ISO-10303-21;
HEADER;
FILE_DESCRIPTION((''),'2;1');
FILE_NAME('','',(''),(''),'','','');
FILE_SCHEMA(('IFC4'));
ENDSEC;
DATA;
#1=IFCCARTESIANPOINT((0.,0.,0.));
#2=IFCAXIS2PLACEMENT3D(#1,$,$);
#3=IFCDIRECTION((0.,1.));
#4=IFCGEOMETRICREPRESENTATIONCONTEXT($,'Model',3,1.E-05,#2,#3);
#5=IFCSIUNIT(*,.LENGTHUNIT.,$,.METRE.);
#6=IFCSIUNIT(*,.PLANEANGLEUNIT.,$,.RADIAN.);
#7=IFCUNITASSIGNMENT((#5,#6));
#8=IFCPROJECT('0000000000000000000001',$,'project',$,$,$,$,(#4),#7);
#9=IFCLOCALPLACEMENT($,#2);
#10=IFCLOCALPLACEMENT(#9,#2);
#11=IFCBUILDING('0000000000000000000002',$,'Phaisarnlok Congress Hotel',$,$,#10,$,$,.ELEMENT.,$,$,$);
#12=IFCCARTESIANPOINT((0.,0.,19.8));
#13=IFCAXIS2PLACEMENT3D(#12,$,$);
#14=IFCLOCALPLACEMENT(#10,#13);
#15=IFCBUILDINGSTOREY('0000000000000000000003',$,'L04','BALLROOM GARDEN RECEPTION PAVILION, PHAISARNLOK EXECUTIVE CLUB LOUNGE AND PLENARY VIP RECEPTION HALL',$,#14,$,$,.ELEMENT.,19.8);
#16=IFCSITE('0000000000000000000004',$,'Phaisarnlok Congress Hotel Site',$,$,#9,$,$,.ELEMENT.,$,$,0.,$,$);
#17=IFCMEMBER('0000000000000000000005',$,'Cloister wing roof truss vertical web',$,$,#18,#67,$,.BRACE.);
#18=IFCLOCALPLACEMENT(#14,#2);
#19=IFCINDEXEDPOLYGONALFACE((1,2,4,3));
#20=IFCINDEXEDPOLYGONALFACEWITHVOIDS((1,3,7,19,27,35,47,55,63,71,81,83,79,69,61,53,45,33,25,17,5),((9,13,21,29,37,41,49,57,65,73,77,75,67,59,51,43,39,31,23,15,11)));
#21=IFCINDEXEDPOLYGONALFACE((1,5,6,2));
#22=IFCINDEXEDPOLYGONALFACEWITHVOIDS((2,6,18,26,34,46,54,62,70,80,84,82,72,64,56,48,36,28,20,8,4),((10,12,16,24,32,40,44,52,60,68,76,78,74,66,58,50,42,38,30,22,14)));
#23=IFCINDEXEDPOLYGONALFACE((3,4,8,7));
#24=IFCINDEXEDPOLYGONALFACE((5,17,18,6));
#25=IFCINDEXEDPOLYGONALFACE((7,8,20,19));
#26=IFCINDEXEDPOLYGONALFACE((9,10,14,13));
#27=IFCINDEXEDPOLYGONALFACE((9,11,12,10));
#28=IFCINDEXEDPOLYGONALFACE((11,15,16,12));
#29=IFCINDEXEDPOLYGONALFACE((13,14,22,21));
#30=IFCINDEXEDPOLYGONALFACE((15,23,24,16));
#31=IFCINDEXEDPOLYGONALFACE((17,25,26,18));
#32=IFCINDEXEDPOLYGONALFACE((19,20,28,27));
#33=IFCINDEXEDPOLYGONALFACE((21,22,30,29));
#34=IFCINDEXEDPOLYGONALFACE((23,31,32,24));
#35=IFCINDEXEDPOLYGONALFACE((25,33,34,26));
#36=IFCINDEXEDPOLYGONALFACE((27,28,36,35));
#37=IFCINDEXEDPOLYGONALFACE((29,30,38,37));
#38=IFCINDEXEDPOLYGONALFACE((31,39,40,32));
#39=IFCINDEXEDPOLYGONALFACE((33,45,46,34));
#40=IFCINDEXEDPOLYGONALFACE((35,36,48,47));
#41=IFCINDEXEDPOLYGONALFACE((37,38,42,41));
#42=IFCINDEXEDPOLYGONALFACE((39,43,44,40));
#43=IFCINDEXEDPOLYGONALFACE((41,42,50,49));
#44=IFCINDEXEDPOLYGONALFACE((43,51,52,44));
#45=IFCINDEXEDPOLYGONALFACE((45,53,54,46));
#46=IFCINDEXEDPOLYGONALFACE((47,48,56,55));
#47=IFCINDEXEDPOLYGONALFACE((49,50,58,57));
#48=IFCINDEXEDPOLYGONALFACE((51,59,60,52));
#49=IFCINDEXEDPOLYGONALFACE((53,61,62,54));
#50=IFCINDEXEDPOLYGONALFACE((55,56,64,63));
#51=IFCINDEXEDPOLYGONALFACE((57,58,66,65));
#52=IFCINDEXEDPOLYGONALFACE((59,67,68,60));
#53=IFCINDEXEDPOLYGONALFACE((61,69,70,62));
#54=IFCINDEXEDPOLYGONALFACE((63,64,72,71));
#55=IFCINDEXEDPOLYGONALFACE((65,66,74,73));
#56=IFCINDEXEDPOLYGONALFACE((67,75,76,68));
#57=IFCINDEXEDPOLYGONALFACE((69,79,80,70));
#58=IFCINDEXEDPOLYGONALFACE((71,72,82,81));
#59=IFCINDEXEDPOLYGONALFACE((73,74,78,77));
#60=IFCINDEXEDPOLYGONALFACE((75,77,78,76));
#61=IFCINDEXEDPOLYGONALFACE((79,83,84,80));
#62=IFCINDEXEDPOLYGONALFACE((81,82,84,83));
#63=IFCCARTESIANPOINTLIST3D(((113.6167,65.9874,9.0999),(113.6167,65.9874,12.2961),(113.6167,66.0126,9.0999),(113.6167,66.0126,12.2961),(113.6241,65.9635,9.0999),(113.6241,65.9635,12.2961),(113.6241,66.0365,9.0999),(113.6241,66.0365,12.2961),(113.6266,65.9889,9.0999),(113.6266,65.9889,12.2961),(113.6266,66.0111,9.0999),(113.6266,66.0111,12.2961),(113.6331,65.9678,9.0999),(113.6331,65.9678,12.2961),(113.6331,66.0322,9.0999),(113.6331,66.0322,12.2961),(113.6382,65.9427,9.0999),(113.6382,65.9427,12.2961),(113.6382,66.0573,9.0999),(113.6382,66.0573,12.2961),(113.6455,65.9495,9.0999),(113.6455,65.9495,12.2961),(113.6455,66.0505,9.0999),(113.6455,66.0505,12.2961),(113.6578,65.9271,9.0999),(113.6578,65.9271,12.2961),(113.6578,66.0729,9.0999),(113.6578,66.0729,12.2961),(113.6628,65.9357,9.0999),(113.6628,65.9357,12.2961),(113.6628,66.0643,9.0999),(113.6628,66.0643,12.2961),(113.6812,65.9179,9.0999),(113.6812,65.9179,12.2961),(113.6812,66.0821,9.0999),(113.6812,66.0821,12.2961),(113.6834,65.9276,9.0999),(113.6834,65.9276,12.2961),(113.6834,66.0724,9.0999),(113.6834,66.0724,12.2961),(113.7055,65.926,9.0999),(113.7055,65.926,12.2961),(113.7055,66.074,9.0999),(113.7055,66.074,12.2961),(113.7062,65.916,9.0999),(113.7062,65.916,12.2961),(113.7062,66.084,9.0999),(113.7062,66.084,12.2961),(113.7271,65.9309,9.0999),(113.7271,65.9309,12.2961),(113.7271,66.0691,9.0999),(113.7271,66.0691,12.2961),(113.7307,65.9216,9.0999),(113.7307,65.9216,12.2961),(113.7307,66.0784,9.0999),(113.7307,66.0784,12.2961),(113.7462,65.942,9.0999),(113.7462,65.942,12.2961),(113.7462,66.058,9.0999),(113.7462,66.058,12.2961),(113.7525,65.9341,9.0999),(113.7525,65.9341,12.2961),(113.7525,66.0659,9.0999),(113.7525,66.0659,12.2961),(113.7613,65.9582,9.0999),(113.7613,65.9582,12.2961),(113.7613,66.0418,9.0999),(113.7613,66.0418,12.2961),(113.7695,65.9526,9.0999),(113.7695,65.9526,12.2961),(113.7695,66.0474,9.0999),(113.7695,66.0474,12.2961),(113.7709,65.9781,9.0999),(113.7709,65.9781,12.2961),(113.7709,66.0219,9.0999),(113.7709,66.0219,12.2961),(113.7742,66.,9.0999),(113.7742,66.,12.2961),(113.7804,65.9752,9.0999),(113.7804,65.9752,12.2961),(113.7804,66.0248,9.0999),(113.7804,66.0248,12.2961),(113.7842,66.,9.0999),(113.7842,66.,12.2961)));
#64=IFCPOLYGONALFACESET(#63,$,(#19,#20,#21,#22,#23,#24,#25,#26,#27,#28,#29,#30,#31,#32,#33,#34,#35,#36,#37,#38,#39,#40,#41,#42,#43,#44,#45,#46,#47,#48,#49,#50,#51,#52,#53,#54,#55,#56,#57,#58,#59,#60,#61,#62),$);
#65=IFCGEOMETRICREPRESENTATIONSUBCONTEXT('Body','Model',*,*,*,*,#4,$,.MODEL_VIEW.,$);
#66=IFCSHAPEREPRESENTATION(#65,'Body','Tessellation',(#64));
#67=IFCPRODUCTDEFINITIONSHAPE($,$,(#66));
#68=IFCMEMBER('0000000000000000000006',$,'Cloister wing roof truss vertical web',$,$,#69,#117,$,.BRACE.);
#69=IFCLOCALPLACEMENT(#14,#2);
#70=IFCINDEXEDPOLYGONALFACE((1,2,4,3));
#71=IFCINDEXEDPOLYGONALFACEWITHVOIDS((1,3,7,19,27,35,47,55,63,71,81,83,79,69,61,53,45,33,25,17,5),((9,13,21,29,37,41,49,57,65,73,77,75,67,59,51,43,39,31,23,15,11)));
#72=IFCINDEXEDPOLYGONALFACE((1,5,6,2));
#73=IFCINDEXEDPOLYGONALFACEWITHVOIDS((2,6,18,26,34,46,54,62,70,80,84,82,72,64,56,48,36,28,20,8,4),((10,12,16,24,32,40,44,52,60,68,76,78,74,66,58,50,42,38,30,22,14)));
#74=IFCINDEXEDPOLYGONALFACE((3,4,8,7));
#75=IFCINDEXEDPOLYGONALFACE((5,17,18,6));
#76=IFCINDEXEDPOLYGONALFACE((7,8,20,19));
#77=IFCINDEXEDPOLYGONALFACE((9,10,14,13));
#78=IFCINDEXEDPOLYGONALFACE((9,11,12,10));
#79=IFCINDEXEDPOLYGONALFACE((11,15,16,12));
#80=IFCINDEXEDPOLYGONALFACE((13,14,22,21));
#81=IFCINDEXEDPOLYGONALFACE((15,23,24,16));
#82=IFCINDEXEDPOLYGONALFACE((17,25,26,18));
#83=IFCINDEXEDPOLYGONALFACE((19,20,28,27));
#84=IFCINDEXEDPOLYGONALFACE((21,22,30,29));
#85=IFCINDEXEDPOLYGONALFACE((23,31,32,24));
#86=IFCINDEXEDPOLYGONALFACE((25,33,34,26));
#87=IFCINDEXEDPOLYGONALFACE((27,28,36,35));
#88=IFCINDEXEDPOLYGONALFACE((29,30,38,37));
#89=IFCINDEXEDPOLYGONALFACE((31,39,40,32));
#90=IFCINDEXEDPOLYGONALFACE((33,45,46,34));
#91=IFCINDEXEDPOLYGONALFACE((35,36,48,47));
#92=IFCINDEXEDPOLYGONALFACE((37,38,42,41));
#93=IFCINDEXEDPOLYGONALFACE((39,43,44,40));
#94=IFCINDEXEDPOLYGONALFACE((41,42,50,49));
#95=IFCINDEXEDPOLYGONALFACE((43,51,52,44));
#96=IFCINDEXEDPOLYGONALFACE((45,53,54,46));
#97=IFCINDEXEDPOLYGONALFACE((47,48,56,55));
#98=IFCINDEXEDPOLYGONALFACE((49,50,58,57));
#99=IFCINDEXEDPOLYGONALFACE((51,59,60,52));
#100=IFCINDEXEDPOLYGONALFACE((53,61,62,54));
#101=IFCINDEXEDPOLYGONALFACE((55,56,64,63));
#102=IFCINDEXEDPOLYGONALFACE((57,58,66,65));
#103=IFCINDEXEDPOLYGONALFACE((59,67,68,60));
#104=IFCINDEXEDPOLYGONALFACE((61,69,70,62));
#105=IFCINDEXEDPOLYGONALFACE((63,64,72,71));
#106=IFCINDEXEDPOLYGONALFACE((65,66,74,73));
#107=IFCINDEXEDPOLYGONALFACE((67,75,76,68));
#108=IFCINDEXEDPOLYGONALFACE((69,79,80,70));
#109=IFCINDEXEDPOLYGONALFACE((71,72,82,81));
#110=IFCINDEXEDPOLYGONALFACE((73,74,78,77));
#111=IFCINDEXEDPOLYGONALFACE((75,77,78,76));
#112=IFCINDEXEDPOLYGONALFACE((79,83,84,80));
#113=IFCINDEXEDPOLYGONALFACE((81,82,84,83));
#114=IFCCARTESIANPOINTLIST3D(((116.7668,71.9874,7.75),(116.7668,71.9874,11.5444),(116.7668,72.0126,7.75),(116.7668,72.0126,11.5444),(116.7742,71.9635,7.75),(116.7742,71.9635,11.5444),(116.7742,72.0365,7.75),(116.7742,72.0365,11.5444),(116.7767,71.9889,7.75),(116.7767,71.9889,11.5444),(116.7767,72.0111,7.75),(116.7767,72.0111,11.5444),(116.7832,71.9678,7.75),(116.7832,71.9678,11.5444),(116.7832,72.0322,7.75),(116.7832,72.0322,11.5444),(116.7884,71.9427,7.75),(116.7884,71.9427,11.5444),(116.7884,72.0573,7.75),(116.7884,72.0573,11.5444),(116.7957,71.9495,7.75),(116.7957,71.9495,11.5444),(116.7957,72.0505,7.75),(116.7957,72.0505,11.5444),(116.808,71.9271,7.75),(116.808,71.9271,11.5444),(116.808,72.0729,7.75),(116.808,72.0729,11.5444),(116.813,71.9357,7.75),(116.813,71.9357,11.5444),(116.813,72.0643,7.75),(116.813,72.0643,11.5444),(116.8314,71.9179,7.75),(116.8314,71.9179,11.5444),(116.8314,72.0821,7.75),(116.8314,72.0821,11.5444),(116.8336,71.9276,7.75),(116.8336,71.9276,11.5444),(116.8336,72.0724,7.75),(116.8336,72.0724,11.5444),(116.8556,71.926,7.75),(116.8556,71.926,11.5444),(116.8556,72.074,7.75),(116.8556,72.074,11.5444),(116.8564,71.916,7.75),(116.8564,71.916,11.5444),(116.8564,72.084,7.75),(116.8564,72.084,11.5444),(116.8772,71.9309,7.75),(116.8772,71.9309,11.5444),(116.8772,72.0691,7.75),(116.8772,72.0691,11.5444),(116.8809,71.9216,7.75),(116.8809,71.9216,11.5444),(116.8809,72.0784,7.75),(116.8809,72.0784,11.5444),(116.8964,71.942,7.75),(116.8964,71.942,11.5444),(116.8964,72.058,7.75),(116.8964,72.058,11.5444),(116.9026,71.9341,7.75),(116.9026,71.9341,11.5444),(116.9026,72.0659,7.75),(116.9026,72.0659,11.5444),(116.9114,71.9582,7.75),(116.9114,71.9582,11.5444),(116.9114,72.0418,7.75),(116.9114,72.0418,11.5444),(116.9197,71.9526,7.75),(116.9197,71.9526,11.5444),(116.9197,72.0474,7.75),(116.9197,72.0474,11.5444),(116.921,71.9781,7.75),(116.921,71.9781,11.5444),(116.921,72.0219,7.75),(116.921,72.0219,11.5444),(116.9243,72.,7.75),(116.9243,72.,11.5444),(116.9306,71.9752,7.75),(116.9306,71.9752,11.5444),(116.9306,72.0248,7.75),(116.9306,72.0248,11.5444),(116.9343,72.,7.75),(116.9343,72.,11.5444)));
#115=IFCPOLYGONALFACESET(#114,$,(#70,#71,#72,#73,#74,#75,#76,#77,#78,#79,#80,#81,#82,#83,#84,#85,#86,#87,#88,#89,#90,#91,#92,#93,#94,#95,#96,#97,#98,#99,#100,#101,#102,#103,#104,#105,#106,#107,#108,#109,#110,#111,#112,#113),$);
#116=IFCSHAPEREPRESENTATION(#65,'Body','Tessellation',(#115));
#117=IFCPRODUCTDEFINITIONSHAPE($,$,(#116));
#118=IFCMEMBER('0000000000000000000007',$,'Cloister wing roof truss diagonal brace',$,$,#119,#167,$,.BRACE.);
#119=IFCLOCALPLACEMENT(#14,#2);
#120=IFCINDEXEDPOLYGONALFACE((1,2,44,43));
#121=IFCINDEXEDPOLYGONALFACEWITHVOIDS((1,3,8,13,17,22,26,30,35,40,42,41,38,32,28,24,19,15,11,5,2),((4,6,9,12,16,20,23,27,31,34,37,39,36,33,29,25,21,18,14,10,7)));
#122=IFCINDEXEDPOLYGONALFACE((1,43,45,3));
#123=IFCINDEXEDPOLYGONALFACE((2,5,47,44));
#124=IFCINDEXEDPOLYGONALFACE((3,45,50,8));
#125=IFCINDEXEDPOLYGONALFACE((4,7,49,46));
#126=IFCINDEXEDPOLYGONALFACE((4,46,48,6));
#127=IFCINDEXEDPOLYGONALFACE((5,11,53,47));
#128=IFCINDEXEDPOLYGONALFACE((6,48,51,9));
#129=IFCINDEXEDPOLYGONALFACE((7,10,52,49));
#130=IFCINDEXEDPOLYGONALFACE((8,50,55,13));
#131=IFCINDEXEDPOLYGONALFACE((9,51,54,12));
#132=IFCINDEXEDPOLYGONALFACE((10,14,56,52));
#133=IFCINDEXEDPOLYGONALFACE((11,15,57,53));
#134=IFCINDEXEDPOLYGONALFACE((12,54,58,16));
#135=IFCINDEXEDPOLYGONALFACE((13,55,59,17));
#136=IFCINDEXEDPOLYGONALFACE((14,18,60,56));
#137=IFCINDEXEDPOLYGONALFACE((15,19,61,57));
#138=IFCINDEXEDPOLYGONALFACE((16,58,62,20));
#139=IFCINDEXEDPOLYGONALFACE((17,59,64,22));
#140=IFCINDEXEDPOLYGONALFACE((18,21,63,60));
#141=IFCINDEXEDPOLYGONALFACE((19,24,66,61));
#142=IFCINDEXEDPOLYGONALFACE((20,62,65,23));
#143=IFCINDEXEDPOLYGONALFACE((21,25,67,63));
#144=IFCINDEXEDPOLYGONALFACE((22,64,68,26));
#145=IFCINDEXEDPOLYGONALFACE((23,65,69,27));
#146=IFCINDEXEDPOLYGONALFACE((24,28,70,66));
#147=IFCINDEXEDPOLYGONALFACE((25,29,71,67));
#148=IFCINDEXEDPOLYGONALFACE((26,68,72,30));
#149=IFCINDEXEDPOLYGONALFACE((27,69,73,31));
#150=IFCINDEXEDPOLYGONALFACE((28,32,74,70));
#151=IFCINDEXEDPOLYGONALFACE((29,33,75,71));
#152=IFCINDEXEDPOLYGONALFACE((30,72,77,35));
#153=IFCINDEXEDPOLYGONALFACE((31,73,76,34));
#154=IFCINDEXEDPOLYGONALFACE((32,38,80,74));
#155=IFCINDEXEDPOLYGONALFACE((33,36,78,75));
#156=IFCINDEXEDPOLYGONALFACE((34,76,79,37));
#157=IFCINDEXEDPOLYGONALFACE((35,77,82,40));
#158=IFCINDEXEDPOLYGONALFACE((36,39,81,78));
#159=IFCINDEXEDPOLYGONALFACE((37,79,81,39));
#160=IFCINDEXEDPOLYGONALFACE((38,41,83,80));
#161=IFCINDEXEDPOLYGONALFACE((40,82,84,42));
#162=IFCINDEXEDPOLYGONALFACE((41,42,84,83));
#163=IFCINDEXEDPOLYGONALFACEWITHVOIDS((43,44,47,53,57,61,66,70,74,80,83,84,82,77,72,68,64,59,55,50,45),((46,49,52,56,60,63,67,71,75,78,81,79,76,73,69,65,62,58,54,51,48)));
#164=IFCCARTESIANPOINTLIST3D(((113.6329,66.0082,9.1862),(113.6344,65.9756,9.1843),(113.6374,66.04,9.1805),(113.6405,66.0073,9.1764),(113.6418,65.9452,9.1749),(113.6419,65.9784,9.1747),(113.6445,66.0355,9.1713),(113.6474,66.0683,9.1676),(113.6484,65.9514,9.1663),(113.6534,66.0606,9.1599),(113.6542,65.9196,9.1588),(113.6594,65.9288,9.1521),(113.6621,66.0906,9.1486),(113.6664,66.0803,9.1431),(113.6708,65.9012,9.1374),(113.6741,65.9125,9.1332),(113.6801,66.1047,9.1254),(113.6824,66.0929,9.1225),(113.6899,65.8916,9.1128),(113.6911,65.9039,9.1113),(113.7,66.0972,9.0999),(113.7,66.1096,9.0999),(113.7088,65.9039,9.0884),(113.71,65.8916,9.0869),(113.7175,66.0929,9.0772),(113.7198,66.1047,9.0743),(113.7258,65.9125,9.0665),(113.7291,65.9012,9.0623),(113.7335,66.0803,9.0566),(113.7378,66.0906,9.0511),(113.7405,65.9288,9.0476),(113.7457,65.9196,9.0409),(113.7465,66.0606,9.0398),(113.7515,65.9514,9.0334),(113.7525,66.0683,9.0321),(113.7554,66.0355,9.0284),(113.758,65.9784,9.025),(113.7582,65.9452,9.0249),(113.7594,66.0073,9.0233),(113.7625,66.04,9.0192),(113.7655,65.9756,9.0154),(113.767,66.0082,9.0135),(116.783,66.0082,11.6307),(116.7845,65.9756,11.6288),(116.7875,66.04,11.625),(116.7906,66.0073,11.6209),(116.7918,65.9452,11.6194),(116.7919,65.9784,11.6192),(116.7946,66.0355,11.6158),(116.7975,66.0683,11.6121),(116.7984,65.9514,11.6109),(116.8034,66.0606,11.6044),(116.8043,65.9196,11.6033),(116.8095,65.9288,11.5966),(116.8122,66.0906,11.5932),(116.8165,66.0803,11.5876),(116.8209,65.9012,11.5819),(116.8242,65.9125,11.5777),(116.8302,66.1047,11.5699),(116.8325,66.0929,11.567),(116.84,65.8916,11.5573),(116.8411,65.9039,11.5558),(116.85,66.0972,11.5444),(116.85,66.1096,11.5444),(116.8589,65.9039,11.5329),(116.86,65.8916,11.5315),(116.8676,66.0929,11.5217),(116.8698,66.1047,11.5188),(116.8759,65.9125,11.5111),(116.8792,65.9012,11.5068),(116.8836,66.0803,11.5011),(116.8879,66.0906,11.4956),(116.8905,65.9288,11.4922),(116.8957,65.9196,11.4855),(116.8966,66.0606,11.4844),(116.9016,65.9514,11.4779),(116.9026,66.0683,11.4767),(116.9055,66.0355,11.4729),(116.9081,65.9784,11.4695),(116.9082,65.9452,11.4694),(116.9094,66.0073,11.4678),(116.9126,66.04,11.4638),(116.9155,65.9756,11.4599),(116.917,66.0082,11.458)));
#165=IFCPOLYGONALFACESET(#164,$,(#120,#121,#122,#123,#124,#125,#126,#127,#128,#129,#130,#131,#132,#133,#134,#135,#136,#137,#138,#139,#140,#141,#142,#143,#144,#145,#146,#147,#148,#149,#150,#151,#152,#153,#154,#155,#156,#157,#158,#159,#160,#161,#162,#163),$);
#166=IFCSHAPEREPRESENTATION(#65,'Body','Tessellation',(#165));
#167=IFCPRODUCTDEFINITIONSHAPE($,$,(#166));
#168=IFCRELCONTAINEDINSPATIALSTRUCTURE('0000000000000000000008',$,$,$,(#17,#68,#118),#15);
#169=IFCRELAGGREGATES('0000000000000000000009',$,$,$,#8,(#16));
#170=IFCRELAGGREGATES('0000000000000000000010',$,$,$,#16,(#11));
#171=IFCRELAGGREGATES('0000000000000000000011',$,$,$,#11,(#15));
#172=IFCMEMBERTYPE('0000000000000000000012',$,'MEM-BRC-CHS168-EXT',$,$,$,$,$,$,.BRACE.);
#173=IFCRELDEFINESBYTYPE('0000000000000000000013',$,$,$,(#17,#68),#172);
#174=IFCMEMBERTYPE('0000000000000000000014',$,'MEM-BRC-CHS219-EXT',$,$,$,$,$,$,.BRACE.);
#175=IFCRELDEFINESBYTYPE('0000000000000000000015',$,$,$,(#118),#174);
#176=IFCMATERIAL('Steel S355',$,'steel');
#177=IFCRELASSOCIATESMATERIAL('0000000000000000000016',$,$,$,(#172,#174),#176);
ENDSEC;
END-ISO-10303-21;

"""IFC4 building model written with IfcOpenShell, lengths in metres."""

from ifc_helpers import new_model, si_unit, direction, frame, origin, origin_2d, place, context, subcontext, project, spatial, hollow_circle, extrude, material, material_profile, profile_set, type_object, element, save


model = new_model("IFC4")

# Units and contexts
model_context = context("Model", 3, precision=1e-05, world=origin(), true_north=direction((0.0, 1.0)))
body_context = subcontext(model_context, "Body", "Model", "MODEL_VIEW")
ifc_project = project(units=[si_unit("LENGTHUNIT", "METRE"), si_unit("PLANEANGLEUNIT", "RADIAN")], contexts=[model_context])

# Site, building, storey
site_placement = place(None, origin())
site = spatial("IfcSite", under=ifc_project, at=site_placement, Name="Phaisarnlok Congress Hotel Site", CompositionType="ELEMENT", RefElevation=0.0)
building_placement = place(site_placement, origin())
building = spatial("IfcBuilding", under=site, at=building_placement, Name="Phaisarnlok Congress Hotel", CompositionType="ELEMENT")
storey_placement = place(building_placement, frame((0.0, 0.0, 19.8)))
storey = spatial("IfcBuildingStorey", under=building, at=storey_placement, Name="L04", Description="BALLROOM GARDEN RECEPTION PAVILION, PHAISARNLOK EXECUTIVE CLUB LOUNGE AND PLENARY VIP RECEPTION HALL", CompositionType="ELEMENT", Elevation=19.8)

# Members
ifc_material_1 = material(Name="Steel S355", Category="steel")
ifc_material_profile_1 = material_profile(ifc_material_1, hollow_circle(Radius=0.0842, WallThickness=0.01, at=origin_2d()), Name="CHS 168.3x10")
ifc_profile_set_1 = profile_set([ifc_material_profile_1], Name="Steel S355")
member_type_1 = type_object("IfcMemberType", Name="MEM-BRC-CHS168-EXT", PredefinedType="BRACE", material=ifc_profile_set_1)
member_1_placement = place(storey_placement, frame((113.7, 66.0, 9.0999), z_axis=(0.0, 0.0, 1.0), x_axis=(1.0, 0.0, 0.0)))
element("IfcMember", 1, at=member_1_placement, inside=storey, type_object=member_type_1, Name="Cloister wing roof truss vertical web", PredefinedType="BRACE", context=body_context, shape_type="SweptSolid", body=[
    extrude(hollow_circle(Radius=0.0842, WallThickness=0.01, at=origin_2d()), origin(), (0.0, 0.0, 1.0), 3.1963),
])
member_2_placement = place(storey_placement, frame((116.8501, 72.0, 7.75), z_axis=(0.0, 0.0, 1.0), x_axis=(1.0, 0.0, 0.0)))
element("IfcMember", 2, at=member_2_placement, inside=storey, type_object=member_type_1, Name="Cloister wing roof truss vertical web", PredefinedType="BRACE", context=body_context, shape_type="SweptSolid", body=[
    extrude(hollow_circle(Radius=0.0842, WallThickness=0.01, at=origin_2d()), origin(), (0.0, 0.0, 1.0), 3.7944),
])
ifc_material_profile_2 = material_profile(ifc_material_1, hollow_circle(Radius=0.1096, WallThickness=0.0125, at=origin_2d()), Name="CHS 219.1x12.5")
ifc_profile_set_2 = profile_set([ifc_material_profile_2], Name="Steel S355")
member_type_2 = type_object("IfcMemberType", Name="MEM-BRC-CHS219-EXT", PredefinedType="BRACE", material=ifc_profile_set_2)
member_3_placement = place(storey_placement, frame((113.7, 66.0, 9.0999), z_axis=(0.790024, 0.0, 0.613076), x_axis=(0.0, 1.0, 0.0)))
element("IfcMember", 3, at=member_3_placement, inside=storey, type_object=member_type_2, Name="Cloister wing roof truss diagonal brace", PredefinedType="BRACE", context=body_context, shape_type="SweptSolid", body=[
    extrude(hollow_circle(Radius=0.1096, WallThickness=0.0125, at=origin_2d()), origin(), (0.0, 0.0, 1.0), 3.9873),
])

save(model, "model.ifc")
